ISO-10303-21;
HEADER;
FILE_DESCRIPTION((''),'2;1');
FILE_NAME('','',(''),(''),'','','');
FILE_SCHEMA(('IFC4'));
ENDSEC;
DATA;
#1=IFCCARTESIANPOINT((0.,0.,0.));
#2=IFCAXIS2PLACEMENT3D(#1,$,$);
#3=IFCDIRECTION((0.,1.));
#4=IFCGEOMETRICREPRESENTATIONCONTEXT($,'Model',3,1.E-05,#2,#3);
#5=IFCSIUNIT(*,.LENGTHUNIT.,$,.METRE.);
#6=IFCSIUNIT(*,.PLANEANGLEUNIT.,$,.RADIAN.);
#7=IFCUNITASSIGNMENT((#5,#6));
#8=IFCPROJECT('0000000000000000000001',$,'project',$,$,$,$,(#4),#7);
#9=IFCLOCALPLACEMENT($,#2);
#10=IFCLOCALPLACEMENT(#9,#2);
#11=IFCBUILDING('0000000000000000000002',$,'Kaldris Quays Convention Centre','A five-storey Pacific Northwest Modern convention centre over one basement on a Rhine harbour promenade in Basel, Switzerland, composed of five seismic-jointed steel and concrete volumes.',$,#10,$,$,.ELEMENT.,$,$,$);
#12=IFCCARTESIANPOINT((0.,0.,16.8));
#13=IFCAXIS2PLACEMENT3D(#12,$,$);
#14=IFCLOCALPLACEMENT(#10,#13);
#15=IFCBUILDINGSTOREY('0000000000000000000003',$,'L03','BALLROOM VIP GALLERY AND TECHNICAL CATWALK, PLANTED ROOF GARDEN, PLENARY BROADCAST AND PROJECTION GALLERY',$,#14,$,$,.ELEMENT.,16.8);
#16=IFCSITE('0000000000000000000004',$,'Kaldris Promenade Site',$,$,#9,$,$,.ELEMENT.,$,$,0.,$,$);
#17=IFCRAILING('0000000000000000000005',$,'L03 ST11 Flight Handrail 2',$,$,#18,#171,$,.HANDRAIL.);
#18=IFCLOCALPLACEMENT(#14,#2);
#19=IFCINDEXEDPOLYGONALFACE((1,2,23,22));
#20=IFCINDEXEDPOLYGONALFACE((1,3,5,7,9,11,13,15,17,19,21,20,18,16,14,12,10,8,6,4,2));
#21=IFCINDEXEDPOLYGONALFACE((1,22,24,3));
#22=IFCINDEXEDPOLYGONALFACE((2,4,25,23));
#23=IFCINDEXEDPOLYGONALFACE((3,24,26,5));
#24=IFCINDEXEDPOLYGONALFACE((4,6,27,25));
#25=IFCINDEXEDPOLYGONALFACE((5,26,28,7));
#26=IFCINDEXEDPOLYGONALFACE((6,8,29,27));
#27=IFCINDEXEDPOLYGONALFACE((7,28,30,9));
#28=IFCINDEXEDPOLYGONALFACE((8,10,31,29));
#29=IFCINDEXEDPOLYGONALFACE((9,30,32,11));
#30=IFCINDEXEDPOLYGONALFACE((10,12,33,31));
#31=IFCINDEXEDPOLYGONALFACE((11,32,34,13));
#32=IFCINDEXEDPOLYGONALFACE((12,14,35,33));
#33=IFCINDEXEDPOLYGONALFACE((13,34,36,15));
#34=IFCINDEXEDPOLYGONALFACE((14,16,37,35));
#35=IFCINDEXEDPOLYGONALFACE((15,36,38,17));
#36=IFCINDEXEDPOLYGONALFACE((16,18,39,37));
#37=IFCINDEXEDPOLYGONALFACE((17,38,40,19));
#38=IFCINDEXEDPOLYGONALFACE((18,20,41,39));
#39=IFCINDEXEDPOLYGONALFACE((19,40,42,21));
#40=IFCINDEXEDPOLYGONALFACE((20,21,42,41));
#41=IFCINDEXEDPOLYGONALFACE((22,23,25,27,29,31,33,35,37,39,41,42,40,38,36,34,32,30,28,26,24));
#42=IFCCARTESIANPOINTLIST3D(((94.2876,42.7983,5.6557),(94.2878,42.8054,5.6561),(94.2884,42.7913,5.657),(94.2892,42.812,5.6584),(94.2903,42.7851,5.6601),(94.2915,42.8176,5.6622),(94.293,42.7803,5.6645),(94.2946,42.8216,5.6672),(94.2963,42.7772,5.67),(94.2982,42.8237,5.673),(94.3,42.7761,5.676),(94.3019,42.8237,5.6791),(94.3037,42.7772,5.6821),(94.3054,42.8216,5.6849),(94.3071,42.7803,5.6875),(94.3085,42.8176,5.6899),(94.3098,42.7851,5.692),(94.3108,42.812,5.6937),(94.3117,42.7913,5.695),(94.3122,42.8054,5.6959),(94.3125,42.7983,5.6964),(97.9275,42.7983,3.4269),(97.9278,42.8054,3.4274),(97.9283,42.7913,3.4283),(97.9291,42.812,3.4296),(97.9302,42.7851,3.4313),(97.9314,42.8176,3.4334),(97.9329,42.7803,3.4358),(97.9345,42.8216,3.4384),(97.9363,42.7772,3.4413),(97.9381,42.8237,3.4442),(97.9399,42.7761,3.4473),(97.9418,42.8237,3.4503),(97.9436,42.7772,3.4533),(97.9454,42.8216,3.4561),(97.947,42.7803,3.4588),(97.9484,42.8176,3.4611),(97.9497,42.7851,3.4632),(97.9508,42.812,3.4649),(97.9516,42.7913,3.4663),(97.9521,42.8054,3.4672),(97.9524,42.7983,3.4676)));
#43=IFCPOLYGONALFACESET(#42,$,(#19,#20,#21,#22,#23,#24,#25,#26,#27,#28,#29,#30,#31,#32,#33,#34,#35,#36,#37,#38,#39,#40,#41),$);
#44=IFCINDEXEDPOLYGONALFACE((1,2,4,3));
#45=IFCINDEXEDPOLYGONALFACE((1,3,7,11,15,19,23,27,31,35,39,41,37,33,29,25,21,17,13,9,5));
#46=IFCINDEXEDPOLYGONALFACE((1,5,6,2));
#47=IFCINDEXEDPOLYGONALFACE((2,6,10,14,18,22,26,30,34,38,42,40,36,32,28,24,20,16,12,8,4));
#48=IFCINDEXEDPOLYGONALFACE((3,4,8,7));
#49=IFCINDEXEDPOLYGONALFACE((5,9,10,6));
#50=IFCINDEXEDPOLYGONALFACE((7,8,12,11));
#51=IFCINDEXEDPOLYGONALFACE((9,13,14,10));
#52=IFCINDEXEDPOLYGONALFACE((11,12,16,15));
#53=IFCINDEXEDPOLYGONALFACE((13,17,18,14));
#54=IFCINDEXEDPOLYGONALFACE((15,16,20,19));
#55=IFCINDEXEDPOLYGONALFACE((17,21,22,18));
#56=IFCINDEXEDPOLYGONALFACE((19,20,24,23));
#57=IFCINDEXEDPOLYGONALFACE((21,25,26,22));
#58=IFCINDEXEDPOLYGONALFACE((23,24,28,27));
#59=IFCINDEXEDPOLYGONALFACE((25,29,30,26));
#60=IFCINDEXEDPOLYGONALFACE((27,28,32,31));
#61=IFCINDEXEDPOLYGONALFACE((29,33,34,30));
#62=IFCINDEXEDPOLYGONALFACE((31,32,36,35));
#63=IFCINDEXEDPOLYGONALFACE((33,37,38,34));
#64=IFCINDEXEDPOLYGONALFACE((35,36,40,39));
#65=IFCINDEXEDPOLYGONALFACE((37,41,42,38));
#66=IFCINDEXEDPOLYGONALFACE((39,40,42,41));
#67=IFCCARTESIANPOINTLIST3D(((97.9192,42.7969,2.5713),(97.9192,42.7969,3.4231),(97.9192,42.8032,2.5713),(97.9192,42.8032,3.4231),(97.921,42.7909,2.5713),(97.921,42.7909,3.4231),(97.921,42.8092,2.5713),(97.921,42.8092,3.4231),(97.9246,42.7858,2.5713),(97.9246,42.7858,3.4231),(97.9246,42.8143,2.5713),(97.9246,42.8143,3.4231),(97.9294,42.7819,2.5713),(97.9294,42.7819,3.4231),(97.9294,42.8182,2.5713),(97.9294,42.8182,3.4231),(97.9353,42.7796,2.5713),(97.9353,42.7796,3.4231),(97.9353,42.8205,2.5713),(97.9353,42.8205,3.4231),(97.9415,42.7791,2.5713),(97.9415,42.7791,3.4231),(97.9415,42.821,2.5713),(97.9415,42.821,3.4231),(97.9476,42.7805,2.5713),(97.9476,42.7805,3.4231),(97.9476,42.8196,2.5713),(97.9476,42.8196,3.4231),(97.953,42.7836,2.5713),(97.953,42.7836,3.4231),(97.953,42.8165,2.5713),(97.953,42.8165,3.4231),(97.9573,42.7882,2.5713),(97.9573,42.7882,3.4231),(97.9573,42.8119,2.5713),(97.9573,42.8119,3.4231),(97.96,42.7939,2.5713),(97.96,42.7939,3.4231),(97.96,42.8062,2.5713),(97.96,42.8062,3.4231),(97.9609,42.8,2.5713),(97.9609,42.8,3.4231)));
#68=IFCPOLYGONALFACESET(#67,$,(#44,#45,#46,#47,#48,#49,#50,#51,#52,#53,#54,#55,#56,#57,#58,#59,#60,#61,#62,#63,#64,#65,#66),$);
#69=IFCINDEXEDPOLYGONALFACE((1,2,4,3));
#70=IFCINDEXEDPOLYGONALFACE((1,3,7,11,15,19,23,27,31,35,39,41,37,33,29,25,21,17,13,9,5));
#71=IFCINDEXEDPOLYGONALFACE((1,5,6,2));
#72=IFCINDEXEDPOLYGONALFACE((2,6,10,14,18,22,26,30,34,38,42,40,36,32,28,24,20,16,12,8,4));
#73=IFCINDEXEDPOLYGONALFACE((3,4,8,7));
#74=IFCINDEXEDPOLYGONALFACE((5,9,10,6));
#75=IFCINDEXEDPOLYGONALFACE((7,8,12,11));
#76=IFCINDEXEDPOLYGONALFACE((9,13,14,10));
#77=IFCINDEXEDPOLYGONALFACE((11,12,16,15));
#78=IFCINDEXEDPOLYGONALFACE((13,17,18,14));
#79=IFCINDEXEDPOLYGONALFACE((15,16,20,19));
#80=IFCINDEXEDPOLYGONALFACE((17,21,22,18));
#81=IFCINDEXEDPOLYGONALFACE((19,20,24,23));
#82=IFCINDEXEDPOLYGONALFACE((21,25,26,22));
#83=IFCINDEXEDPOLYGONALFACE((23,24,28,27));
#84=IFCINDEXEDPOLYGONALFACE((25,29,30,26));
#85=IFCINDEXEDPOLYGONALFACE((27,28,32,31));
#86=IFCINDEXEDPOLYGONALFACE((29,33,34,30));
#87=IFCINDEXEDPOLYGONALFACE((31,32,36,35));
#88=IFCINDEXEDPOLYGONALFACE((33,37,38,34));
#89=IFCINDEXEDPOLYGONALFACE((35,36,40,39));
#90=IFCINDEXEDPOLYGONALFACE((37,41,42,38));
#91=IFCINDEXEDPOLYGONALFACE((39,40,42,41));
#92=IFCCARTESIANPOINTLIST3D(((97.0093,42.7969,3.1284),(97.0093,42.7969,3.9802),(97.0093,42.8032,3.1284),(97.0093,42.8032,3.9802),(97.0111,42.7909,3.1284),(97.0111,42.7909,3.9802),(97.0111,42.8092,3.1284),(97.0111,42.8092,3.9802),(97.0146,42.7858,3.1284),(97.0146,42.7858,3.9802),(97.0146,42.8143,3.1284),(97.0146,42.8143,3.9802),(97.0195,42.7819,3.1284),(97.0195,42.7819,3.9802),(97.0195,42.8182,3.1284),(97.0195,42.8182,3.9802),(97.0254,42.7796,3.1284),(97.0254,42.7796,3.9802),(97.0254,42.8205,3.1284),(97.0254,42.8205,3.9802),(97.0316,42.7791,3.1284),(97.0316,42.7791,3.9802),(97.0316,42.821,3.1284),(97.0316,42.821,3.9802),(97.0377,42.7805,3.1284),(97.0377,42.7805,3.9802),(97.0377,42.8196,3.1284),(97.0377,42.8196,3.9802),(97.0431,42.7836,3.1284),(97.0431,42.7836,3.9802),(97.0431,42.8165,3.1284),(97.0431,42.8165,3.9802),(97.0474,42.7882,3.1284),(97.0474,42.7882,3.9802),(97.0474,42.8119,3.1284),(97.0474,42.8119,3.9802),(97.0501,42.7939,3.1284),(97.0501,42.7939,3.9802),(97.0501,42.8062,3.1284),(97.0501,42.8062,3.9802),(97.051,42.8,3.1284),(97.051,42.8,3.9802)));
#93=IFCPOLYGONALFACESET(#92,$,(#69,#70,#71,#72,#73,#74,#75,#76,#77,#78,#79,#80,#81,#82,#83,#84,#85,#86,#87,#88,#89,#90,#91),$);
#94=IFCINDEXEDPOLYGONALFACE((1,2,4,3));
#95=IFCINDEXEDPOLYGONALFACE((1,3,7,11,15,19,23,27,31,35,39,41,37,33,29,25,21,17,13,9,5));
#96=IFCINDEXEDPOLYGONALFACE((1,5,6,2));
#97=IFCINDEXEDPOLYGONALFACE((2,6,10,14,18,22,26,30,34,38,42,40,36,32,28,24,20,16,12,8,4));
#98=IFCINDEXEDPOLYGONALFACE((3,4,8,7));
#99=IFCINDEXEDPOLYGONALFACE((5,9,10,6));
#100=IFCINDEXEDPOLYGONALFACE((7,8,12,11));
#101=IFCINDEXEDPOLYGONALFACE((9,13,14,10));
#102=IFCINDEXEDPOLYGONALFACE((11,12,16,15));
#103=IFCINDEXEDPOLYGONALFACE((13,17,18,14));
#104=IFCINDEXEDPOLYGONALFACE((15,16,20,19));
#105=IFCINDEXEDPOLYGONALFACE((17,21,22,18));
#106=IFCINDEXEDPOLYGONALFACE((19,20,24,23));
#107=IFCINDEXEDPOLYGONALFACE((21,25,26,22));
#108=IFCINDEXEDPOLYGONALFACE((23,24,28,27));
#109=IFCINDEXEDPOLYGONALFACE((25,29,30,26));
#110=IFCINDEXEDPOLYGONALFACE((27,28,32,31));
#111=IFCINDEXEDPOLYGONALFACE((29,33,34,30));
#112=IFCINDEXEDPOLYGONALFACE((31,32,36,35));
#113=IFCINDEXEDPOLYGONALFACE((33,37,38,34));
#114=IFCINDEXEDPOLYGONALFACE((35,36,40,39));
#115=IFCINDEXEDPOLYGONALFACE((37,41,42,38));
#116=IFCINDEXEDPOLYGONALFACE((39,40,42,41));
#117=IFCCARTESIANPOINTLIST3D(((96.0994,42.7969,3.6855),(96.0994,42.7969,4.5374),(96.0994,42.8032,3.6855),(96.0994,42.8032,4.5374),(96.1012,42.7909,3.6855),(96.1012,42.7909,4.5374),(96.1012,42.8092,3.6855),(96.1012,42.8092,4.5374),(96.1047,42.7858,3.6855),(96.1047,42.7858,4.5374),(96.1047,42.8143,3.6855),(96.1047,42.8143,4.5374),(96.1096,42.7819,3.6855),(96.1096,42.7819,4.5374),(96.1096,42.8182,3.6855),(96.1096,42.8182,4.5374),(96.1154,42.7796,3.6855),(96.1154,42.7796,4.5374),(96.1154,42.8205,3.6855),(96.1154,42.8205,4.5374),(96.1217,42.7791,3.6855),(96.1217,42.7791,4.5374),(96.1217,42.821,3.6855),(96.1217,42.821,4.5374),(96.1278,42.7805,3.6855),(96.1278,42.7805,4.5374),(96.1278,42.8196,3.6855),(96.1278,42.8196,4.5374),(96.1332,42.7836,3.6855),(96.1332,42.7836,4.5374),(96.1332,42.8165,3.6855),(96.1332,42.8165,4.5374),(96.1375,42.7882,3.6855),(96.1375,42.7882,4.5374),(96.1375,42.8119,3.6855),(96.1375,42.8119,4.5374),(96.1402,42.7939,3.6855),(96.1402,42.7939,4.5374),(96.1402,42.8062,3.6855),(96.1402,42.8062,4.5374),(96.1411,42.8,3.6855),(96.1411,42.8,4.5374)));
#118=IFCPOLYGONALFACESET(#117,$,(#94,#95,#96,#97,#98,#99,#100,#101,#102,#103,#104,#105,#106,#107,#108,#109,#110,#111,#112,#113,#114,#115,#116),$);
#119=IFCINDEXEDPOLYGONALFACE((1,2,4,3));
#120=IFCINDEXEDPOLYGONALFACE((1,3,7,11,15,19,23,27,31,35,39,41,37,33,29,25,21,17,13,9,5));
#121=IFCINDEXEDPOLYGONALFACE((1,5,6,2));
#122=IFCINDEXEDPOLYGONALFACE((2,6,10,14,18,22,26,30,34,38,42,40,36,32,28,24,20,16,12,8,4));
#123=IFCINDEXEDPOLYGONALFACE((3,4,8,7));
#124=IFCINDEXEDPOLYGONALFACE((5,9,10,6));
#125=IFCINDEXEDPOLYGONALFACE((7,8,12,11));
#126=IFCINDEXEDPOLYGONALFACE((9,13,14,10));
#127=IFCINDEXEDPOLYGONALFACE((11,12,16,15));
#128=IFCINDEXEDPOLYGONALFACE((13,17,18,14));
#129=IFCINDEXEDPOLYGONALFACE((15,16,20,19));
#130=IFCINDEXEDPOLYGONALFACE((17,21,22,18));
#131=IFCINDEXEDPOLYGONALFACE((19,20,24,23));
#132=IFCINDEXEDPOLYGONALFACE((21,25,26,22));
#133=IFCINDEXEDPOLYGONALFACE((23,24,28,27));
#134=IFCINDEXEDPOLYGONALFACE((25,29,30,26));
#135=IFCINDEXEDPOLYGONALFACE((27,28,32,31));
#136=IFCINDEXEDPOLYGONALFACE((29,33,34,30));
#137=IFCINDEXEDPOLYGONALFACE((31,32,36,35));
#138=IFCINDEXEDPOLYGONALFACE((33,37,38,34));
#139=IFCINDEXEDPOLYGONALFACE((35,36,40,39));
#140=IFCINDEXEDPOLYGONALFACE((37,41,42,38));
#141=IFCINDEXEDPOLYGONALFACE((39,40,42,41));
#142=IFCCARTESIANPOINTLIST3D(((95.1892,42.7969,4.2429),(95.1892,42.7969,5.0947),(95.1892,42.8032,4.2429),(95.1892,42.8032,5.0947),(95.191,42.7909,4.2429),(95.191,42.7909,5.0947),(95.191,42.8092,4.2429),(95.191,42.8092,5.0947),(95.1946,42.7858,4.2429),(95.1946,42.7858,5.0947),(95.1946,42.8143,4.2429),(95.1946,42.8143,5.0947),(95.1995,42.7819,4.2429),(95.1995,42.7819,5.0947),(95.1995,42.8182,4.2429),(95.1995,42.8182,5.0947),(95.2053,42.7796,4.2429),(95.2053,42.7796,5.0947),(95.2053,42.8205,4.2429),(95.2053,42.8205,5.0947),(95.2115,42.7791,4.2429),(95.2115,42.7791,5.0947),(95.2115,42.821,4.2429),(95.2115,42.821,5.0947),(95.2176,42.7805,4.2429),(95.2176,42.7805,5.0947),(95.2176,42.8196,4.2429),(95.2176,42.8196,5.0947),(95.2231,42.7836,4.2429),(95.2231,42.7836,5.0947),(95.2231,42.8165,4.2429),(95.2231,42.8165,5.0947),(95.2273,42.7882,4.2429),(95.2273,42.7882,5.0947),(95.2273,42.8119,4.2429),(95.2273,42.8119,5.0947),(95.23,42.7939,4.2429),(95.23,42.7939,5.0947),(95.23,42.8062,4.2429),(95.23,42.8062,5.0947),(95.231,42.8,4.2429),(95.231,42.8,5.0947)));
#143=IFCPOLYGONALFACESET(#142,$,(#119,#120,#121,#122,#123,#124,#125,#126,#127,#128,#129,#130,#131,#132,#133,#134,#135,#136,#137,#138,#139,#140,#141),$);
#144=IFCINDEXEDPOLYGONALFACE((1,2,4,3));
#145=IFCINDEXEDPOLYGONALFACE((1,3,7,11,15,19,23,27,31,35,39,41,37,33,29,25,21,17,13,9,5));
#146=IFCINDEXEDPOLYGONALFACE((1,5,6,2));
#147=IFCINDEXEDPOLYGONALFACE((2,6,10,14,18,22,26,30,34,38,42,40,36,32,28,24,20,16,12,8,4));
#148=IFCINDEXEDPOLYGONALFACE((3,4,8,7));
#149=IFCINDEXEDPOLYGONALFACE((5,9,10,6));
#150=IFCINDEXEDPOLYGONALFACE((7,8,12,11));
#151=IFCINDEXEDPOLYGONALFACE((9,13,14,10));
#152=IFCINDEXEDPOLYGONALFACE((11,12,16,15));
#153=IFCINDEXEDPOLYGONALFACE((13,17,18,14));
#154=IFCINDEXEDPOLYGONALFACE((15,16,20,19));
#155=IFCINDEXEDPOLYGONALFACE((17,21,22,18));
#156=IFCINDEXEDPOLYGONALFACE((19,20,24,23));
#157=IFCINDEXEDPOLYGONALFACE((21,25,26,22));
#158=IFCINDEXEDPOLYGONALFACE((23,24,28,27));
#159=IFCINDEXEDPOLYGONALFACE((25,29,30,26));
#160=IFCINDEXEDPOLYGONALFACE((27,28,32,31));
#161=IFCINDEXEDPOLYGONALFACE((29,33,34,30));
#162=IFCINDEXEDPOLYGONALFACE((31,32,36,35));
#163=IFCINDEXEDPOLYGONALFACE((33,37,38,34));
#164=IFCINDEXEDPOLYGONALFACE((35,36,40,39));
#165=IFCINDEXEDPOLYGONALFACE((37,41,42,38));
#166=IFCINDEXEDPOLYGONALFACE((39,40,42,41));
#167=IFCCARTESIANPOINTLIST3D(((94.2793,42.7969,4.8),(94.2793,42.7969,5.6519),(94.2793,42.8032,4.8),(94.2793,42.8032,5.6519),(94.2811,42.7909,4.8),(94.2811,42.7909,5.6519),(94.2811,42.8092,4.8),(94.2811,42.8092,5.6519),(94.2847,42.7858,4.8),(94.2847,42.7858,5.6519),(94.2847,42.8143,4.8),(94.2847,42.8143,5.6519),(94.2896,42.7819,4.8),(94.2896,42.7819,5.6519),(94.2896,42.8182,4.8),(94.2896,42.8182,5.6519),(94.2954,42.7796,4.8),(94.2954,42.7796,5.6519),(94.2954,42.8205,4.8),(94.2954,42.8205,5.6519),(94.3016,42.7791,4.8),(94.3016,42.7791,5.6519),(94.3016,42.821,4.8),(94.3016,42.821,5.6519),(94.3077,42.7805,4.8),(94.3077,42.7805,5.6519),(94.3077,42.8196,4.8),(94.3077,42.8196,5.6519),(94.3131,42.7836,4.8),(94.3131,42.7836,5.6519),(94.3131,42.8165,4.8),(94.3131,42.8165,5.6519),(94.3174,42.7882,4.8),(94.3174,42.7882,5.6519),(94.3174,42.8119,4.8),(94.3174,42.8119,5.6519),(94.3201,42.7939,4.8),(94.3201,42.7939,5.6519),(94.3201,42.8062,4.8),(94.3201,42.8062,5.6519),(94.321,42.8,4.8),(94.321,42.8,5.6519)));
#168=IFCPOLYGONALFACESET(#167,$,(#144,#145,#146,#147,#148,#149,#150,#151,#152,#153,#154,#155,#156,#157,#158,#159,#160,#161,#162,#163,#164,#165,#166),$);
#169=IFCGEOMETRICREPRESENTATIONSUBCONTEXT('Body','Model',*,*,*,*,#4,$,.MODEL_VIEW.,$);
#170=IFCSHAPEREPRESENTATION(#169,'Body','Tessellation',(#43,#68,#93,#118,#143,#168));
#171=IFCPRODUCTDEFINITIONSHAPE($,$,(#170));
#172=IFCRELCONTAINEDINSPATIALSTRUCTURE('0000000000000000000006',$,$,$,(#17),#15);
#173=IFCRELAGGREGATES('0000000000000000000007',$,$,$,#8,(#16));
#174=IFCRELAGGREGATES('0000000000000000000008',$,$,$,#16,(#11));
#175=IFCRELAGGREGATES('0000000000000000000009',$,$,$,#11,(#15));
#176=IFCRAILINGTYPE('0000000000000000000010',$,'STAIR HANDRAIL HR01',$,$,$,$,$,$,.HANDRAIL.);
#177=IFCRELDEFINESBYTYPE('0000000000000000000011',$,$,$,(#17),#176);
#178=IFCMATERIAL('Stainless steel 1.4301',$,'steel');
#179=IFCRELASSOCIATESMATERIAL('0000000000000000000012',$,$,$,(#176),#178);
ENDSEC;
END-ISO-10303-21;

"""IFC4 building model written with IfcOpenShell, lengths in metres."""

from ifc_helpers import new_model, si_unit, direction, frame, origin, origin_2d, place, context, subcontext, project, spatial, circle, extrude, material, type_object, element, save


model = new_model("IFC4")

# Units and contexts
model_context = context("Model", 3, precision=1e-05, world=origin(), true_north=direction((0.0, 1.0)))
body_context = subcontext(model_context, "Body", "Model", "MODEL_VIEW")
ifc_project = project(units=[si_unit("LENGTHUNIT", "METRE"), si_unit("PLANEANGLEUNIT", "RADIAN")], contexts=[model_context])

# Site, building, storey
site_placement = place(None, origin())
site = spatial("IfcSite", under=ifc_project, at=site_placement, Name="Kaldris Promenade Site", CompositionType="ELEMENT", RefElevation=0.0)
building_placement = place(site_placement, origin())
building = spatial("IfcBuilding", under=site, at=building_placement, Name="Kaldris Quays Convention Centre", Description="A five-storey Pacific Northwest Modern convention centre over one basement on a Rhine harbour promenade in Basel, Switzerland, composed of five seismic-jointed steel and concrete volumes.", CompositionType="ELEMENT")
storey_placement = place(building_placement, frame((0.0, 0.0, 16.8)))
storey = spatial("IfcBuildingStorey", under=building, at=storey_placement, Name="L03", Description="BALLROOM VIP GALLERY AND TECHNICAL CATWALK, PLANTED ROOF GARDEN, PLENARY BROADCAST AND PROJECTION GALLERY", CompositionType="ELEMENT", Elevation=16.8)

# Railing
ifc_material_1 = material(Name="Stainless steel 1.4301", Category="steel")
railing_type_1 = type_object("IfcRailingType", Name="STAIR HANDRAIL HR01", PredefinedType="HANDRAIL", material=ifc_material_1)
railing_1_placement = place(storey_placement, frame((97.9399, 42.8, 2.5713)))
element("IfcRailing", 1, at=railing_1_placement, inside=storey, type_object=railing_type_1, Name="L03 ST11 Flight Handrail 2", PredefinedType="HANDRAIL", context=body_context, shape_type="SweptSolid", body=[
    extrude(circle(Radius=0.0239, at=origin_2d()), frame((0.0, 0.0, 0.876), z_axis=(-0.852825, 0.0, 0.522197), x_axis=(0.0, -1.0, 0.0)), (0.0, 0.0, 1.0), 4.2681),
    extrude(circle(Radius=0.021, at=origin_2d()), origin(), (0.0, 0.0, 1.0), 0.8518),
    extrude(circle(Radius=0.021, at=origin_2d()), frame((-0.9099, 0.0, 0.5571)), (0.0, 0.0, 1.0), 0.8518),
    extrude(circle(Radius=0.021, at=origin_2d()), frame((-1.8198, 0.0, 1.1143)), (0.0, 0.0, 1.0), 0.8518),
    extrude(circle(Radius=0.021, at=origin_2d()), frame((-2.73, 0.0, 1.6716)), (0.0, 0.0, 1.0), 0.8518),
    extrude(circle(Radius=0.021, at=origin_2d()), frame((-3.6399, 0.0, 2.2288)), (0.0, 0.0, 1.0), 0.8518),
])

save(model, "model.ifc")
